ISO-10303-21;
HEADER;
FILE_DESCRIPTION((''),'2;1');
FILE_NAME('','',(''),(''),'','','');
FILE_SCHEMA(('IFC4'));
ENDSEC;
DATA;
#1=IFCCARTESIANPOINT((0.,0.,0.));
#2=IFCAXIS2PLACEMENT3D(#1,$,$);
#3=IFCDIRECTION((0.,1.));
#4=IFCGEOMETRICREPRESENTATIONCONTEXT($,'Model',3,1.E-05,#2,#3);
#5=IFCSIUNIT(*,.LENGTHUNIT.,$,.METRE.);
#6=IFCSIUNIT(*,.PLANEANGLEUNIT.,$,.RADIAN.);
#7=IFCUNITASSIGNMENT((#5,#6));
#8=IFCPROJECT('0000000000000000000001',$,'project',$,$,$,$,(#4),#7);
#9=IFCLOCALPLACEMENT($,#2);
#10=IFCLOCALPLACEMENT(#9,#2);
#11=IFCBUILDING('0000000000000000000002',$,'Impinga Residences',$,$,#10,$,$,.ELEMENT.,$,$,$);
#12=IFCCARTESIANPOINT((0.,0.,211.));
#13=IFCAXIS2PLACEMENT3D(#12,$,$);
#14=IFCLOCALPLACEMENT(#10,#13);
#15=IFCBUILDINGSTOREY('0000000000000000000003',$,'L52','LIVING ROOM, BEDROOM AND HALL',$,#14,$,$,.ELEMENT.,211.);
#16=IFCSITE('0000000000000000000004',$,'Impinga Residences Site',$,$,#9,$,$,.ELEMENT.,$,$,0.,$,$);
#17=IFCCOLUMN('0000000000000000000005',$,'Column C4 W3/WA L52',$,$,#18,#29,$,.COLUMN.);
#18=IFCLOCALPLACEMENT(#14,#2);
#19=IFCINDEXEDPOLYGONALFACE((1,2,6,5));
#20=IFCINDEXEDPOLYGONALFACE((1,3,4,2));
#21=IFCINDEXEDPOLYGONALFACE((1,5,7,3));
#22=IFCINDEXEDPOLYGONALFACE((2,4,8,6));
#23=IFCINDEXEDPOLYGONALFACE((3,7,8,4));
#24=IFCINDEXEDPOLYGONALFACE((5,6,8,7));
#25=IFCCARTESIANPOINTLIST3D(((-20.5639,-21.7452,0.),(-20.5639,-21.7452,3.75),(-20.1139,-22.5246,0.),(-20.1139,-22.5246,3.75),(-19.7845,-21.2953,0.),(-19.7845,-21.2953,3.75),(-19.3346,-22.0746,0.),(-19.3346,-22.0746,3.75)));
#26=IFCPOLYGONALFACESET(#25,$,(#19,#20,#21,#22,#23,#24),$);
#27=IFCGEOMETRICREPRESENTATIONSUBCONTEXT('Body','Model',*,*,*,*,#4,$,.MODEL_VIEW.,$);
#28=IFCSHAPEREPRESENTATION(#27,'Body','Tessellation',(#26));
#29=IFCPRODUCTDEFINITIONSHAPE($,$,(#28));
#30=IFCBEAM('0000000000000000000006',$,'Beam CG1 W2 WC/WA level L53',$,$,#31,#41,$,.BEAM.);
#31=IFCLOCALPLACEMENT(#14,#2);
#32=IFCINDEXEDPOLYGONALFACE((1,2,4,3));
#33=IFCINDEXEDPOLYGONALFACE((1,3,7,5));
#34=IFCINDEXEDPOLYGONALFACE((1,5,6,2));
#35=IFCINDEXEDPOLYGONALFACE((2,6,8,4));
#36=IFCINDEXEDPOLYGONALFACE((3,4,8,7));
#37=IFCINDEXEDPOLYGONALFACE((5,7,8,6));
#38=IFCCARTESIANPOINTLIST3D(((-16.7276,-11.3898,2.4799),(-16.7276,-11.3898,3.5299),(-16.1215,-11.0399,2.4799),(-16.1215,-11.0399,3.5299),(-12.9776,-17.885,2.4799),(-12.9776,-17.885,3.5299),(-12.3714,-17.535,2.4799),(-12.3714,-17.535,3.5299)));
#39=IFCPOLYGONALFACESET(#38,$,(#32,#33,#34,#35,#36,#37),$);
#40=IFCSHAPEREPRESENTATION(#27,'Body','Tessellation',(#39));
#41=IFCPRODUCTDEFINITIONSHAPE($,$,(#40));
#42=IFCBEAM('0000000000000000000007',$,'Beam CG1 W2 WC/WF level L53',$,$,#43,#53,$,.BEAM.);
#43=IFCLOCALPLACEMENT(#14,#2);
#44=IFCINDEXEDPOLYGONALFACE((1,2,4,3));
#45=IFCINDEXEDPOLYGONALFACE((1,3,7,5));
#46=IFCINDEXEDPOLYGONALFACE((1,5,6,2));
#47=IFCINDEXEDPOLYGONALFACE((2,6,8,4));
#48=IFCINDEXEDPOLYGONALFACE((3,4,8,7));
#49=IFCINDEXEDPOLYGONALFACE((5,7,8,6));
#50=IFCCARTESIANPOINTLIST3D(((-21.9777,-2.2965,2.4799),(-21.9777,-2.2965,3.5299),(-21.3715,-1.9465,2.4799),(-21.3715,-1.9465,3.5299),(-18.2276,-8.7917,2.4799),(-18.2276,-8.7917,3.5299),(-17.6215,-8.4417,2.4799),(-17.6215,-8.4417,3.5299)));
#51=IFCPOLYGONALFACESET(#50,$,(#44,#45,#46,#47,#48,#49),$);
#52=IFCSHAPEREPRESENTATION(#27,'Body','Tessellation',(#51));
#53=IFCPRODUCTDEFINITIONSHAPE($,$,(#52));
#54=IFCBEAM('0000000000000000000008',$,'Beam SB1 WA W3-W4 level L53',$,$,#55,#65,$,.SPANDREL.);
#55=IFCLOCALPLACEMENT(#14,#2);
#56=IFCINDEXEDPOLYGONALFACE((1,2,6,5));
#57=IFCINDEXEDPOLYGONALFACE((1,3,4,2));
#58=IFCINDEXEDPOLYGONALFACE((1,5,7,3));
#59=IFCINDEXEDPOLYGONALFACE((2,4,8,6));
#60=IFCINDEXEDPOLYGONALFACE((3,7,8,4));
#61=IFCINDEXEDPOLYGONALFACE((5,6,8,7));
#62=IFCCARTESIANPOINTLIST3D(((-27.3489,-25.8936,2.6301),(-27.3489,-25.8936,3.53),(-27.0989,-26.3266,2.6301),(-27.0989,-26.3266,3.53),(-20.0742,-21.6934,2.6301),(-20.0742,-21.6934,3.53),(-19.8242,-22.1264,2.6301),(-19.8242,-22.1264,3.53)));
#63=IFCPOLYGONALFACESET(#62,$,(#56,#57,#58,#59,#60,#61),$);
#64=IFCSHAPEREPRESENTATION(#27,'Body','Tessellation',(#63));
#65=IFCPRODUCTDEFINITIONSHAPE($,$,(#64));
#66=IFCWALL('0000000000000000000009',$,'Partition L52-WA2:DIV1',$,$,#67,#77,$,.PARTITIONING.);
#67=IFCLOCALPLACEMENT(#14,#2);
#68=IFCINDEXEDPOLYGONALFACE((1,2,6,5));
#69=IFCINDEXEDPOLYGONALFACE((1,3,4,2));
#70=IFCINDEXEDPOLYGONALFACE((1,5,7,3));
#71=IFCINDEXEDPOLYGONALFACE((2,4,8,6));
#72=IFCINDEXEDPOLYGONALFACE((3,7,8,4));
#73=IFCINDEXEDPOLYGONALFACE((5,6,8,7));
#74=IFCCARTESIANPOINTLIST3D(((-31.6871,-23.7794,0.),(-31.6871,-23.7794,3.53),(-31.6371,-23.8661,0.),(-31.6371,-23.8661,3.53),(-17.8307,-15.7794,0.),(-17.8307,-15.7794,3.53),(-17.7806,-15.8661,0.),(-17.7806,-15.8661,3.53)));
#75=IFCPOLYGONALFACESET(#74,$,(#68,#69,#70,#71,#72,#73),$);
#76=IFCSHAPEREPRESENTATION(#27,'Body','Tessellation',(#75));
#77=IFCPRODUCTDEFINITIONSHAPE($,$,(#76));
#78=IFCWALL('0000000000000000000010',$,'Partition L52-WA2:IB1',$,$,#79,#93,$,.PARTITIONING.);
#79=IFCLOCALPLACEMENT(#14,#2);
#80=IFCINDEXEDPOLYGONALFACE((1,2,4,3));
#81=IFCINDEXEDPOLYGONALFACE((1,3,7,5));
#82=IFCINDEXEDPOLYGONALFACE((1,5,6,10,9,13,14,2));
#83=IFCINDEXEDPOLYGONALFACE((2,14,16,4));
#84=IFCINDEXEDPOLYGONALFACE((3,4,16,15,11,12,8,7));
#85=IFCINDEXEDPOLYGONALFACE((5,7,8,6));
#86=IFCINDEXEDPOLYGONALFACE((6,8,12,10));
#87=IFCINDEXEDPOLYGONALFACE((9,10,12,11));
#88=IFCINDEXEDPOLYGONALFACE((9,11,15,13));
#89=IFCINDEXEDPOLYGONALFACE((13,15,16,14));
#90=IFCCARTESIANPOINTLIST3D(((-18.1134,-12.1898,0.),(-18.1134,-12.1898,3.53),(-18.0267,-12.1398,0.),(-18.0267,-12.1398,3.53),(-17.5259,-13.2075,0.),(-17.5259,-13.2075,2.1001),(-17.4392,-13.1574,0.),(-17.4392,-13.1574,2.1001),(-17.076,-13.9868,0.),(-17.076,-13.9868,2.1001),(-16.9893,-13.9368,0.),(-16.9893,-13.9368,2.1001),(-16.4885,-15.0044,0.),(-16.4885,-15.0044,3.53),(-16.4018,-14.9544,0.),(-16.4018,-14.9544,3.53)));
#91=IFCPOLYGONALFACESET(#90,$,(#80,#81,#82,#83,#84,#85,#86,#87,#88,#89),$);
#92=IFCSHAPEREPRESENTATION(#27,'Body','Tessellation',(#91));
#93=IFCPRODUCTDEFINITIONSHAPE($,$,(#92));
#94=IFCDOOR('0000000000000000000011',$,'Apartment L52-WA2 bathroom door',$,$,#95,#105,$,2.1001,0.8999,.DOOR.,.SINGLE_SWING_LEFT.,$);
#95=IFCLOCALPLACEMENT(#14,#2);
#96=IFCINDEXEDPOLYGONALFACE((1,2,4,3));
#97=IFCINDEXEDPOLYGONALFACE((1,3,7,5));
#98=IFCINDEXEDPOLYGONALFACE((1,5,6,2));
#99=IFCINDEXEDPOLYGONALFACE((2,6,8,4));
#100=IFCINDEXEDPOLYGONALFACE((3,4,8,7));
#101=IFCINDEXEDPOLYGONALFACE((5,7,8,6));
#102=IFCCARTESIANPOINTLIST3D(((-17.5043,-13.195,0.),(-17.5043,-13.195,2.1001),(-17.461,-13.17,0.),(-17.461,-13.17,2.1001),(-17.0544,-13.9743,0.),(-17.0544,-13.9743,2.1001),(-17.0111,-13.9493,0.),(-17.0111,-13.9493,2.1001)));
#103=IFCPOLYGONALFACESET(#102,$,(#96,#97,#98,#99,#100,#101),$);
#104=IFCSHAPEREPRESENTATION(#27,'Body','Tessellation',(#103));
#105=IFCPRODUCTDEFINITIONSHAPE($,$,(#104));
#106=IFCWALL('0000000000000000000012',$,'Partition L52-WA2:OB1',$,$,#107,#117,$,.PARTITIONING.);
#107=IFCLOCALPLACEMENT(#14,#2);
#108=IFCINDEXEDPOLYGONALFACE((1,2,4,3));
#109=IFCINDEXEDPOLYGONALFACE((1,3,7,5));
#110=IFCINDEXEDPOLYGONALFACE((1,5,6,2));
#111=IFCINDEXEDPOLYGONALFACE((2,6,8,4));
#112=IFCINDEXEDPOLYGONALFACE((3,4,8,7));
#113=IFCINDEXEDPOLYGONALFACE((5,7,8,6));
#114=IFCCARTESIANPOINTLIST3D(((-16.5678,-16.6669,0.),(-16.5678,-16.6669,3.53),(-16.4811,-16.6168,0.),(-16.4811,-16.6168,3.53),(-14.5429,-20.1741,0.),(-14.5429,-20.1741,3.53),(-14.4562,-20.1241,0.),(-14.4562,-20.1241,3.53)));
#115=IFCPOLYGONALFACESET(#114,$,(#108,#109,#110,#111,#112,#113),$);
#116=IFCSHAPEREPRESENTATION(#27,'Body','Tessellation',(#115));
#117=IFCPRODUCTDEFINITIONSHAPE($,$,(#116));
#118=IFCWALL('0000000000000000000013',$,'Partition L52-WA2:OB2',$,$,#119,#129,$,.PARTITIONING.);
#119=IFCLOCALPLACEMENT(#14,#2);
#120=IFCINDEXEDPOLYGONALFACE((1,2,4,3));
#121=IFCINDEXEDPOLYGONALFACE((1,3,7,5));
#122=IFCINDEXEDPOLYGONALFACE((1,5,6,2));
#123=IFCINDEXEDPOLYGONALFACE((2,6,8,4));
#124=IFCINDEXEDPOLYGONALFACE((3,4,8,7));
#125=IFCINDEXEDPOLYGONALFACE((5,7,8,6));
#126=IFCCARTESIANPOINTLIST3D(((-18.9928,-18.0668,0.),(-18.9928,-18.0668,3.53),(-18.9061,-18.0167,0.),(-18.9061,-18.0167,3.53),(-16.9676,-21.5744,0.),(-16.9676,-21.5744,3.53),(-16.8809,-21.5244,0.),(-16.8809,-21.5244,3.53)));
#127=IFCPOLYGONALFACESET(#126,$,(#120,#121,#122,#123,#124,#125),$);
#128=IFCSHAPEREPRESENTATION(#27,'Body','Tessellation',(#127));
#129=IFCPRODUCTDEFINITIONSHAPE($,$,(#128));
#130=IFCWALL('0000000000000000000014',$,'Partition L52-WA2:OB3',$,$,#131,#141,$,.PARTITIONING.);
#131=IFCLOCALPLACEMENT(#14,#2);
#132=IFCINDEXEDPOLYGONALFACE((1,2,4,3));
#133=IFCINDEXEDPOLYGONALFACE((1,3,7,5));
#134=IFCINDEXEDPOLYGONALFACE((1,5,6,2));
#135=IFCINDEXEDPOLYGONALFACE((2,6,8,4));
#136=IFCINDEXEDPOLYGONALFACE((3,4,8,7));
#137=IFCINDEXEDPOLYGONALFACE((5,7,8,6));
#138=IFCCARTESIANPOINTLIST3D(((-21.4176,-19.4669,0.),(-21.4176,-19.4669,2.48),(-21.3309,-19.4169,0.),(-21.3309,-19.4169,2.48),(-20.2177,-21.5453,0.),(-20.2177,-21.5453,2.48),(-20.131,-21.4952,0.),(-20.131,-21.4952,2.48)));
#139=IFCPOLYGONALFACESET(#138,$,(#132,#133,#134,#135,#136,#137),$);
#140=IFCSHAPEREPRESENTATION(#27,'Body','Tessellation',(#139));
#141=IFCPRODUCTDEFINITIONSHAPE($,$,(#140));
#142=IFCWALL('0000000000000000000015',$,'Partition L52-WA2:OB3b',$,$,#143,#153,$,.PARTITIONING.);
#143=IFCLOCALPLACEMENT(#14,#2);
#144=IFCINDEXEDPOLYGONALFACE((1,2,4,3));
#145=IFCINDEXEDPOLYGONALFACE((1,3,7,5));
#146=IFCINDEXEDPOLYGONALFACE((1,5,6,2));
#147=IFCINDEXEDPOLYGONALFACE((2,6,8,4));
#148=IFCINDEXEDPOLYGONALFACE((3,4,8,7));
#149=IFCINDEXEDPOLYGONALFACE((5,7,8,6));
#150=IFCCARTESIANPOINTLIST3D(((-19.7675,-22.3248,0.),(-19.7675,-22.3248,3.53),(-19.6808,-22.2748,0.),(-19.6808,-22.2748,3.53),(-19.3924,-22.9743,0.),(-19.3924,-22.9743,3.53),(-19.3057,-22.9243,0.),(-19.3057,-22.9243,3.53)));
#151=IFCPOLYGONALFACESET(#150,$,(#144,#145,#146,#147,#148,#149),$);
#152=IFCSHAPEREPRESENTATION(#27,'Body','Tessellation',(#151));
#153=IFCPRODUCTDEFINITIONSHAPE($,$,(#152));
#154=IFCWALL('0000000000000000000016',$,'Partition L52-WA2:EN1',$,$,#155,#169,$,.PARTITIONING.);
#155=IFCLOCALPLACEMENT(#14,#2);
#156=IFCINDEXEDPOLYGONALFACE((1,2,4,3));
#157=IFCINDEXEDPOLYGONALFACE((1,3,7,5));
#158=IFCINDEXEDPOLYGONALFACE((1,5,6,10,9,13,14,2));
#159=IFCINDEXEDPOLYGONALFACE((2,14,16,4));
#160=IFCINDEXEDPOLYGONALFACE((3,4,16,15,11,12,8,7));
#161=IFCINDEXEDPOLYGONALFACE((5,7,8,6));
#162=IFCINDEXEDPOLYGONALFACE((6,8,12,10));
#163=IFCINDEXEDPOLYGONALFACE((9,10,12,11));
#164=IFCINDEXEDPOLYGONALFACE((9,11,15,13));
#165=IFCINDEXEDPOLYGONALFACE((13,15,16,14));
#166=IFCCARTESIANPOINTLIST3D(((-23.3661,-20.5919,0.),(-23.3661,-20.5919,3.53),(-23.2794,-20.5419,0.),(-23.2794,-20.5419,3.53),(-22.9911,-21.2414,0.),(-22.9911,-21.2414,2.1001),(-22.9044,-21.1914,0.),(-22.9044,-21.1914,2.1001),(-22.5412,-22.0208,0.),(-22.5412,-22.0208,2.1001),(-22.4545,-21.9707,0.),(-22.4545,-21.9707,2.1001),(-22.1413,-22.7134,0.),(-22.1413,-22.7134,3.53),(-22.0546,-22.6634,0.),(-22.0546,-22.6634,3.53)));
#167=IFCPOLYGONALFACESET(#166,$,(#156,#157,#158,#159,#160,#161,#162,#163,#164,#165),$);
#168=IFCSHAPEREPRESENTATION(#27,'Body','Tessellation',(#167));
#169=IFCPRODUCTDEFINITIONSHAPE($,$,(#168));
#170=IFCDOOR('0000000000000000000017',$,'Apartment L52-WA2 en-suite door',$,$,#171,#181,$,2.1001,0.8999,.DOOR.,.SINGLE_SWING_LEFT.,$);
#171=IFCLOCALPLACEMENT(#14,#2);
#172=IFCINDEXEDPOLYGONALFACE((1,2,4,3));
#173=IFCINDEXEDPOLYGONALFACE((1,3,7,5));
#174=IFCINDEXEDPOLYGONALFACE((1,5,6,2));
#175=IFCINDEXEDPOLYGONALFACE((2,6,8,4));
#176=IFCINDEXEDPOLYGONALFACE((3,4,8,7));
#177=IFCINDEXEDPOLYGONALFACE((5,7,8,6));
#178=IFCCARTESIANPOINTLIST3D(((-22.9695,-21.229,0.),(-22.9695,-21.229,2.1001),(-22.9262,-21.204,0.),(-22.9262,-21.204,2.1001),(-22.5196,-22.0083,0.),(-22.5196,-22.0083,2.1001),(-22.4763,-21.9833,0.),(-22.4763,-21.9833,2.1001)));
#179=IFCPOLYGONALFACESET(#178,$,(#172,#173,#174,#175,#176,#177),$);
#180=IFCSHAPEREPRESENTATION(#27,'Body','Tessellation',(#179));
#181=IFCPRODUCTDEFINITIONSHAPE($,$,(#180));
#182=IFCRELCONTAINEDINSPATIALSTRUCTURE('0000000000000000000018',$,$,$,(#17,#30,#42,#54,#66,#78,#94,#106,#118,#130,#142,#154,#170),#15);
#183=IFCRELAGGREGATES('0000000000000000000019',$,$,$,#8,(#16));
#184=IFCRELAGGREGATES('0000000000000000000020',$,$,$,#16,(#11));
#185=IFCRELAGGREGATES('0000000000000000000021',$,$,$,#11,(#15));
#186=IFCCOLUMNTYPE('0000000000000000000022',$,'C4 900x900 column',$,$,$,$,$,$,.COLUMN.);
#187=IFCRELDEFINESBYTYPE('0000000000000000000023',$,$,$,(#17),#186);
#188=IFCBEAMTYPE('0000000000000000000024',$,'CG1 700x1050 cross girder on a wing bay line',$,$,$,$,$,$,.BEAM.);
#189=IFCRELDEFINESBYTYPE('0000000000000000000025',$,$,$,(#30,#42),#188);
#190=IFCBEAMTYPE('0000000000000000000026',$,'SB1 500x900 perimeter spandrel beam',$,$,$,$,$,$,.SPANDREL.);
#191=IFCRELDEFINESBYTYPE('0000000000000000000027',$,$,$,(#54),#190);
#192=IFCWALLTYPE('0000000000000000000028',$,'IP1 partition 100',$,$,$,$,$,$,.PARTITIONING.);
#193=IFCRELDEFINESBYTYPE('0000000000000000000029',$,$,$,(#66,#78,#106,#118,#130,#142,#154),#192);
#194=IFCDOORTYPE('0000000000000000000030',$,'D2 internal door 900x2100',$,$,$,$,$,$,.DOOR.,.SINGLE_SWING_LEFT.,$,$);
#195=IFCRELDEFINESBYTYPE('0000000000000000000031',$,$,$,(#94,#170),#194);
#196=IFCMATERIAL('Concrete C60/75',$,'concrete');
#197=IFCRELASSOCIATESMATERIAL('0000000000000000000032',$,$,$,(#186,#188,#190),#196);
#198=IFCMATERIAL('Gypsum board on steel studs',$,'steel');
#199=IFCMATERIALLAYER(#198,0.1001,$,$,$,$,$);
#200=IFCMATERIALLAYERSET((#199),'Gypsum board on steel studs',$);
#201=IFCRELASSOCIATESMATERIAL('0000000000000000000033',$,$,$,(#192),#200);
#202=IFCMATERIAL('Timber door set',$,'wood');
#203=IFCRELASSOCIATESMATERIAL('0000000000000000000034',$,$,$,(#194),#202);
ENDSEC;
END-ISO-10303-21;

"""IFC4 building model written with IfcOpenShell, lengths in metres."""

from ifc_helpers import new_model, si_unit, direction, frame, frame_2d, origin, origin_2d, place, context, subcontext, project, spatial, rectangle, extrude, material, layer, layer_set, material_profile, profile_set, type_object, element, fill, save


model = new_model("IFC4")

# Units and contexts
model_context = context("Model", 3, precision=1e-05, world=origin(), true_north=direction((0.0, 1.0)))
body_context = subcontext(model_context, "Body", "Model", "MODEL_VIEW")
ifc_project = project(units=[si_unit("LENGTHUNIT", "METRE"), si_unit("PLANEANGLEUNIT", "RADIAN")], contexts=[model_context])

# Site, building, storey
site_placement = place(None, origin())
site = spatial("IfcSite", under=ifc_project, at=site_placement, Name="Impinga Residences Site", CompositionType="ELEMENT", RefElevation=0.0)
building_placement = place(site_placement, origin())
building = spatial("IfcBuilding", under=site, at=building_placement, Name="Impinga Residences", CompositionType="ELEMENT")
storey_placement = place(building_placement, frame((0.0, 0.0, 211.0)))
storey = spatial("IfcBuildingStorey", under=building, at=storey_placement, Name="L52", Description="LIVING ROOM, BEDROOM AND HALL", CompositionType="ELEMENT", Elevation=211.0)

# Column
ifc_material_1 = material(Name="Concrete C60/75", Category="concrete")
ifc_material_profile_1 = material_profile(ifc_material_1, rectangle(XDim=0.8999, YDim=0.8999, at=origin_2d()), Name="RC 900x900")
ifc_profile_set_1 = profile_set([ifc_material_profile_1], Name="Concrete C60/75")
column_type = type_object("IfcColumnType", Name="C4 900x900 column", PredefinedType="COLUMN", material=ifc_profile_set_1)
column_placement = place(storey_placement, frame((-19.9492, -21.9099, 0.0), z_axis=(0.0, 0.0, 1.0), x_axis=(-0.5, 0.866025, 0.0)))
element("IfcColumn", 1, at=column_placement, inside=storey, type_object=column_type, Name="Column C4 W3/WA L52", PredefinedType="COLUMN", context=body_context, shape_type="SweptSolid", body=[
    extrude(rectangle(XDim=0.8999, YDim=0.8999, at=origin_2d()), origin(), (0.0, 0.0, 1.0), 3.75),
])

# Beams
ifc_material_profile_2 = material_profile(ifc_material_1, rectangle(XDim=0.7, YDim=1.05, at=origin_2d()), Name="RC 700x1050")
ifc_profile_set_2 = profile_set([ifc_material_profile_2], Name="Concrete C60/75")
beam_type_1 = type_object("IfcBeamType", Name="CG1 700x1050 cross girder on a wing bay line", PredefinedType="BEAM", material=ifc_profile_set_2)
for number, where, z_axis, x_axis, name in (
    (2, (-16.4246, -11.2148, 3.0049), (0.500004, -0.866023, 0.0), (0.866023, 0.500004, 0.0), "Beam CG1 W2 WC/WA level L53"),
    (3, (-17.9246, -8.6167, 3.0049), (-0.500004, 0.866023, 0.0), (-0.866023, -0.500004, 0.0), "Beam CG1 W2 WC/WF level L53"),
):
    element("IfcBeam", number, at=place(storey_placement, frame(where, z_axis=z_axis, x_axis=x_axis)), inside=storey, type_object=beam_type_1, Name=name, PredefinedType="BEAM", context=body_context, shape_type="SweptSolid", body=[
        extrude(rectangle(XDim=0.7, YDim=1.05, at=origin_2d()), origin(), (0.0, 0.0, 1.0), 7.5),
    ])
ifc_material_profile_3 = material_profile(ifc_material_1, rectangle(XDim=0.5, YDim=0.8999, at=origin_2d()), Name="RC 500x900")
ifc_profile_set_3 = profile_set([ifc_material_profile_3], Name="Concrete C60/75")
beam_type_2 = type_object("IfcBeamType", Name="SB1 500x900 perimeter spandrel beam", PredefinedType="SPANDREL", material=ifc_profile_set_3)
beam_placement = place(storey_placement, frame((-19.9492, -21.9099, 3.0801), z_axis=(-0.866017, -0.500015, 0.0), x_axis=(0.500015, -0.866017, 0.0)))
element("IfcBeam", 4, at=beam_placement, inside=storey, type_object=beam_type_2, Name="Beam SB1 WA W3-W4 level L53", PredefinedType="SPANDREL", context=body_context, shape_type="SweptSolid", body=[
    extrude(rectangle(XDim=0.5, YDim=0.8999, at=origin_2d()), origin(), (0.0, 0.0, 1.0), 8.4001),
])

# Wall
ifc_material_2 = material(Name="Gypsum board on steel studs", Category="steel")
ifc_layer_1 = layer(ifc_material_2, 0.1001)
ifc_layer_set_1 = layer_set([ifc_layer_1], Name="Gypsum board on steel studs")
wall_type_1 = type_object("IfcWallType", Name="IP1 partition 100", PredefinedType="PARTITIONING", material=ifc_layer_set_1)
wall_1_placement = place(storey_placement, frame((-17.8057, -15.8228, 0.0), z_axis=(0.0, 0.0, 1.0), x_axis=(-0.866026, -0.499999, 0.0)))
element("IfcWall", 5, at=wall_1_placement, inside=storey, type_object=wall_type_1, Name="Partition L52-WA2:DIV1", PredefinedType="PARTITIONING", context=body_context, shape_type="SweptSolid", body=[
    extrude(rectangle(XDim=16.0, YDim=0.1001, at=frame_2d((8.0, 0.0))), origin(), (0.0, 0.0, 1.0), 3.53),
])

# Wall, opening, door
wall_2_placement = place(storey_placement, frame((-18.0701, -12.1648, 0.0), z_axis=(0.0, 0.0, 1.0), x_axis=(0.499985, -0.866034, 0.0)))
wall_2 = element("IfcWall", 6, at=wall_2_placement, inside=storey, type_object=wall_type_1, Name="Partition L52-WA2:IB1", PredefinedType="PARTITIONING", context=body_context, shape_type="SweptSolid", body=[
    extrude(rectangle(XDim=3.25, YDim=0.1001, at=frame_2d((1.625, 0.0))), origin(), (0.0, 0.0, 1.0), 3.53),
])
opening_1_placement = place(wall_2_placement, frame((1.175, 0.0, 0.0)))
opening_1 = element("IfcOpeningElement", 7, at=opening_1_placement, cuts=wall_2, PredefinedType="OPENING", context=body_context, shape_type="SweptSolid", body=[
    extrude(rectangle(XDim=0.8999, YDim=2.1001, at=frame_2d((0.45, 1.05))), frame((0.0, 0.0601, 0.0), z_axis=(0.0, -1.0, 0.0), x_axis=(1.0, 0.0, 0.0)), (0.0, 0.0, 1.0), 0.1201),
])
ifc_material_3 = material(Name="Timber door set", Category="wood")
door_type = type_object("IfcDoorType", Name="D2 internal door 900x2100", OperationType="SINGLE_SWING_LEFT", PredefinedType="DOOR", material=ifc_material_3)
door_1_placement = place(opening_1_placement, origin())
door_1 = element("IfcDoor", 8, at=door_1_placement, inside=storey, type_object=door_type, Name="Apartment L52-WA2 bathroom door", OperationType="SINGLE_SWING_LEFT", OverallHeight=2.1001, OverallWidth=0.8999, PredefinedType="DOOR", context=body_context, shape_type="SweptSolid", body=[
    extrude(rectangle(XDim=0.8999, YDim=2.1001, at=frame_2d((0.45, 1.05))), frame((0.0, 0.0249, 0.0), z_axis=(0.0, -1.0, 0.0), x_axis=(1.0, 0.0, 0.0)), (0.0, 0.0, 1.0), 0.05),
])
fill(opening_1, door_1)

# Walls
wall_3_placement = place(storey_placement, frame((-16.5244, -16.6418, 0.0), z_axis=(0.0, 0.0, 1.0), x_axis=(0.49999, -0.866031, 0.0)))
element("IfcWall", 9, at=wall_3_placement, inside=storey, type_object=wall_type_1, Name="Partition L52-WA2:OB1", PredefinedType="PARTITIONING", context=body_context, shape_type="SweptSolid", body=[
    extrude(rectangle(XDim=4.0498, YDim=0.1001, at=frame_2d((2.0249, 0.0))), origin(), (0.0, 0.0, 1.0), 3.53),
])
wall_4_placement = place(storey_placement, frame((-18.9495, -18.0417, 0.0), z_axis=(0.0, 0.0, 1.0), x_axis=(0.500009, -0.86602, 0.0)))
element("IfcWall", 10, at=wall_4_placement, inside=storey, type_object=wall_type_1, Name="Partition L52-WA2:OB2", PredefinedType="PARTITIONING", context=body_context, shape_type="SweptSolid", body=[
    extrude(rectangle(XDim=4.0503, YDim=0.1001, at=frame_2d((2.0251, 0.0))), origin(), (0.0, 0.0, 1.0), 3.53),
])
wall_5_placement = place(storey_placement, frame((-21.3743, -19.4419, 0.0), z_axis=(0.0, 0.0, 1.0), x_axis=(0.500001, -0.866025, 0.0)))
element("IfcWall", 11, at=wall_5_placement, inside=storey, type_object=wall_type_1, Name="Partition L52-WA2:OB3", PredefinedType="PARTITIONING", context=body_context, shape_type="SweptSolid", body=[
    extrude(rectangle(XDim=2.3999, YDim=0.1001, at=frame_2d((1.2, 0.0))), origin(), (0.0, 0.0, 1.0), 2.48),
])
wall_6_placement = place(storey_placement, frame((-19.7241, -22.2998, 0.0), z_axis=(0.0, 0.0, 1.0), x_axis=(0.500061, -0.86599, 0.0)))
element("IfcWall", 12, at=wall_6_placement, inside=storey, type_object=wall_type_1, Name="Partition L52-WA2:OB3b", PredefinedType="PARTITIONING", context=body_context, shape_type="SweptSolid", body=[
    extrude(rectangle(XDim=0.75, YDim=0.1001, at=frame_2d((0.375, 0.0))), origin(), (0.0, 0.0, 1.0), 3.53),
])

# Wall, opening, door
wall_7_placement = place(storey_placement, frame((-23.3228, -20.5669, 0.0), z_axis=(0.0, 0.0, 1.0), x_axis=(0.499987, -0.866033, 0.0)))
wall_7 = element("IfcWall", 13, at=wall_7_placement, inside=storey, type_object=wall_type_1, Name="Partition L52-WA2:EN1", PredefinedType="PARTITIONING", context=body_context, shape_type="SweptSolid", body=[
    extrude(rectangle(XDim=2.4497, YDim=0.1001, at=frame_2d((1.2249, 0.0))), origin(), (0.0, 0.0, 1.0), 3.53),
])
opening_2_placement = place(wall_7_placement, frame((0.75, 0.0, 0.0)))
opening_2 = element("IfcOpeningElement", 14, at=opening_2_placement, cuts=wall_7, PredefinedType="OPENING", context=body_context, shape_type="SweptSolid", body=[
    extrude(rectangle(XDim=0.8999, YDim=2.1001, at=frame_2d((0.45, 1.05))), frame((0.0, 0.0601, 0.0), z_axis=(0.0, -1.0, 0.0), x_axis=(1.0, 0.0, 0.0)), (0.0, 0.0, 1.0), 0.1201),
])
door_2_placement = place(opening_2_placement, origin())
door_2 = element("IfcDoor", 15, at=door_2_placement, inside=storey, type_object=door_type, Name="Apartment L52-WA2 en-suite door", OperationType="SINGLE_SWING_LEFT", OverallHeight=2.1001, OverallWidth=0.8999, PredefinedType="DOOR", context=body_context, shape_type="SweptSolid", body=[
    extrude(rectangle(XDim=0.8999, YDim=2.1001, at=frame_2d((0.45, 1.05))), frame((0.0, 0.0249, 0.0), z_axis=(0.0, -1.0, 0.0), x_axis=(1.0, 0.0, 0.0)), (0.0, 0.0, 1.0), 0.05),
])
fill(opening_2, door_2)

save(model, "model.ifc")
